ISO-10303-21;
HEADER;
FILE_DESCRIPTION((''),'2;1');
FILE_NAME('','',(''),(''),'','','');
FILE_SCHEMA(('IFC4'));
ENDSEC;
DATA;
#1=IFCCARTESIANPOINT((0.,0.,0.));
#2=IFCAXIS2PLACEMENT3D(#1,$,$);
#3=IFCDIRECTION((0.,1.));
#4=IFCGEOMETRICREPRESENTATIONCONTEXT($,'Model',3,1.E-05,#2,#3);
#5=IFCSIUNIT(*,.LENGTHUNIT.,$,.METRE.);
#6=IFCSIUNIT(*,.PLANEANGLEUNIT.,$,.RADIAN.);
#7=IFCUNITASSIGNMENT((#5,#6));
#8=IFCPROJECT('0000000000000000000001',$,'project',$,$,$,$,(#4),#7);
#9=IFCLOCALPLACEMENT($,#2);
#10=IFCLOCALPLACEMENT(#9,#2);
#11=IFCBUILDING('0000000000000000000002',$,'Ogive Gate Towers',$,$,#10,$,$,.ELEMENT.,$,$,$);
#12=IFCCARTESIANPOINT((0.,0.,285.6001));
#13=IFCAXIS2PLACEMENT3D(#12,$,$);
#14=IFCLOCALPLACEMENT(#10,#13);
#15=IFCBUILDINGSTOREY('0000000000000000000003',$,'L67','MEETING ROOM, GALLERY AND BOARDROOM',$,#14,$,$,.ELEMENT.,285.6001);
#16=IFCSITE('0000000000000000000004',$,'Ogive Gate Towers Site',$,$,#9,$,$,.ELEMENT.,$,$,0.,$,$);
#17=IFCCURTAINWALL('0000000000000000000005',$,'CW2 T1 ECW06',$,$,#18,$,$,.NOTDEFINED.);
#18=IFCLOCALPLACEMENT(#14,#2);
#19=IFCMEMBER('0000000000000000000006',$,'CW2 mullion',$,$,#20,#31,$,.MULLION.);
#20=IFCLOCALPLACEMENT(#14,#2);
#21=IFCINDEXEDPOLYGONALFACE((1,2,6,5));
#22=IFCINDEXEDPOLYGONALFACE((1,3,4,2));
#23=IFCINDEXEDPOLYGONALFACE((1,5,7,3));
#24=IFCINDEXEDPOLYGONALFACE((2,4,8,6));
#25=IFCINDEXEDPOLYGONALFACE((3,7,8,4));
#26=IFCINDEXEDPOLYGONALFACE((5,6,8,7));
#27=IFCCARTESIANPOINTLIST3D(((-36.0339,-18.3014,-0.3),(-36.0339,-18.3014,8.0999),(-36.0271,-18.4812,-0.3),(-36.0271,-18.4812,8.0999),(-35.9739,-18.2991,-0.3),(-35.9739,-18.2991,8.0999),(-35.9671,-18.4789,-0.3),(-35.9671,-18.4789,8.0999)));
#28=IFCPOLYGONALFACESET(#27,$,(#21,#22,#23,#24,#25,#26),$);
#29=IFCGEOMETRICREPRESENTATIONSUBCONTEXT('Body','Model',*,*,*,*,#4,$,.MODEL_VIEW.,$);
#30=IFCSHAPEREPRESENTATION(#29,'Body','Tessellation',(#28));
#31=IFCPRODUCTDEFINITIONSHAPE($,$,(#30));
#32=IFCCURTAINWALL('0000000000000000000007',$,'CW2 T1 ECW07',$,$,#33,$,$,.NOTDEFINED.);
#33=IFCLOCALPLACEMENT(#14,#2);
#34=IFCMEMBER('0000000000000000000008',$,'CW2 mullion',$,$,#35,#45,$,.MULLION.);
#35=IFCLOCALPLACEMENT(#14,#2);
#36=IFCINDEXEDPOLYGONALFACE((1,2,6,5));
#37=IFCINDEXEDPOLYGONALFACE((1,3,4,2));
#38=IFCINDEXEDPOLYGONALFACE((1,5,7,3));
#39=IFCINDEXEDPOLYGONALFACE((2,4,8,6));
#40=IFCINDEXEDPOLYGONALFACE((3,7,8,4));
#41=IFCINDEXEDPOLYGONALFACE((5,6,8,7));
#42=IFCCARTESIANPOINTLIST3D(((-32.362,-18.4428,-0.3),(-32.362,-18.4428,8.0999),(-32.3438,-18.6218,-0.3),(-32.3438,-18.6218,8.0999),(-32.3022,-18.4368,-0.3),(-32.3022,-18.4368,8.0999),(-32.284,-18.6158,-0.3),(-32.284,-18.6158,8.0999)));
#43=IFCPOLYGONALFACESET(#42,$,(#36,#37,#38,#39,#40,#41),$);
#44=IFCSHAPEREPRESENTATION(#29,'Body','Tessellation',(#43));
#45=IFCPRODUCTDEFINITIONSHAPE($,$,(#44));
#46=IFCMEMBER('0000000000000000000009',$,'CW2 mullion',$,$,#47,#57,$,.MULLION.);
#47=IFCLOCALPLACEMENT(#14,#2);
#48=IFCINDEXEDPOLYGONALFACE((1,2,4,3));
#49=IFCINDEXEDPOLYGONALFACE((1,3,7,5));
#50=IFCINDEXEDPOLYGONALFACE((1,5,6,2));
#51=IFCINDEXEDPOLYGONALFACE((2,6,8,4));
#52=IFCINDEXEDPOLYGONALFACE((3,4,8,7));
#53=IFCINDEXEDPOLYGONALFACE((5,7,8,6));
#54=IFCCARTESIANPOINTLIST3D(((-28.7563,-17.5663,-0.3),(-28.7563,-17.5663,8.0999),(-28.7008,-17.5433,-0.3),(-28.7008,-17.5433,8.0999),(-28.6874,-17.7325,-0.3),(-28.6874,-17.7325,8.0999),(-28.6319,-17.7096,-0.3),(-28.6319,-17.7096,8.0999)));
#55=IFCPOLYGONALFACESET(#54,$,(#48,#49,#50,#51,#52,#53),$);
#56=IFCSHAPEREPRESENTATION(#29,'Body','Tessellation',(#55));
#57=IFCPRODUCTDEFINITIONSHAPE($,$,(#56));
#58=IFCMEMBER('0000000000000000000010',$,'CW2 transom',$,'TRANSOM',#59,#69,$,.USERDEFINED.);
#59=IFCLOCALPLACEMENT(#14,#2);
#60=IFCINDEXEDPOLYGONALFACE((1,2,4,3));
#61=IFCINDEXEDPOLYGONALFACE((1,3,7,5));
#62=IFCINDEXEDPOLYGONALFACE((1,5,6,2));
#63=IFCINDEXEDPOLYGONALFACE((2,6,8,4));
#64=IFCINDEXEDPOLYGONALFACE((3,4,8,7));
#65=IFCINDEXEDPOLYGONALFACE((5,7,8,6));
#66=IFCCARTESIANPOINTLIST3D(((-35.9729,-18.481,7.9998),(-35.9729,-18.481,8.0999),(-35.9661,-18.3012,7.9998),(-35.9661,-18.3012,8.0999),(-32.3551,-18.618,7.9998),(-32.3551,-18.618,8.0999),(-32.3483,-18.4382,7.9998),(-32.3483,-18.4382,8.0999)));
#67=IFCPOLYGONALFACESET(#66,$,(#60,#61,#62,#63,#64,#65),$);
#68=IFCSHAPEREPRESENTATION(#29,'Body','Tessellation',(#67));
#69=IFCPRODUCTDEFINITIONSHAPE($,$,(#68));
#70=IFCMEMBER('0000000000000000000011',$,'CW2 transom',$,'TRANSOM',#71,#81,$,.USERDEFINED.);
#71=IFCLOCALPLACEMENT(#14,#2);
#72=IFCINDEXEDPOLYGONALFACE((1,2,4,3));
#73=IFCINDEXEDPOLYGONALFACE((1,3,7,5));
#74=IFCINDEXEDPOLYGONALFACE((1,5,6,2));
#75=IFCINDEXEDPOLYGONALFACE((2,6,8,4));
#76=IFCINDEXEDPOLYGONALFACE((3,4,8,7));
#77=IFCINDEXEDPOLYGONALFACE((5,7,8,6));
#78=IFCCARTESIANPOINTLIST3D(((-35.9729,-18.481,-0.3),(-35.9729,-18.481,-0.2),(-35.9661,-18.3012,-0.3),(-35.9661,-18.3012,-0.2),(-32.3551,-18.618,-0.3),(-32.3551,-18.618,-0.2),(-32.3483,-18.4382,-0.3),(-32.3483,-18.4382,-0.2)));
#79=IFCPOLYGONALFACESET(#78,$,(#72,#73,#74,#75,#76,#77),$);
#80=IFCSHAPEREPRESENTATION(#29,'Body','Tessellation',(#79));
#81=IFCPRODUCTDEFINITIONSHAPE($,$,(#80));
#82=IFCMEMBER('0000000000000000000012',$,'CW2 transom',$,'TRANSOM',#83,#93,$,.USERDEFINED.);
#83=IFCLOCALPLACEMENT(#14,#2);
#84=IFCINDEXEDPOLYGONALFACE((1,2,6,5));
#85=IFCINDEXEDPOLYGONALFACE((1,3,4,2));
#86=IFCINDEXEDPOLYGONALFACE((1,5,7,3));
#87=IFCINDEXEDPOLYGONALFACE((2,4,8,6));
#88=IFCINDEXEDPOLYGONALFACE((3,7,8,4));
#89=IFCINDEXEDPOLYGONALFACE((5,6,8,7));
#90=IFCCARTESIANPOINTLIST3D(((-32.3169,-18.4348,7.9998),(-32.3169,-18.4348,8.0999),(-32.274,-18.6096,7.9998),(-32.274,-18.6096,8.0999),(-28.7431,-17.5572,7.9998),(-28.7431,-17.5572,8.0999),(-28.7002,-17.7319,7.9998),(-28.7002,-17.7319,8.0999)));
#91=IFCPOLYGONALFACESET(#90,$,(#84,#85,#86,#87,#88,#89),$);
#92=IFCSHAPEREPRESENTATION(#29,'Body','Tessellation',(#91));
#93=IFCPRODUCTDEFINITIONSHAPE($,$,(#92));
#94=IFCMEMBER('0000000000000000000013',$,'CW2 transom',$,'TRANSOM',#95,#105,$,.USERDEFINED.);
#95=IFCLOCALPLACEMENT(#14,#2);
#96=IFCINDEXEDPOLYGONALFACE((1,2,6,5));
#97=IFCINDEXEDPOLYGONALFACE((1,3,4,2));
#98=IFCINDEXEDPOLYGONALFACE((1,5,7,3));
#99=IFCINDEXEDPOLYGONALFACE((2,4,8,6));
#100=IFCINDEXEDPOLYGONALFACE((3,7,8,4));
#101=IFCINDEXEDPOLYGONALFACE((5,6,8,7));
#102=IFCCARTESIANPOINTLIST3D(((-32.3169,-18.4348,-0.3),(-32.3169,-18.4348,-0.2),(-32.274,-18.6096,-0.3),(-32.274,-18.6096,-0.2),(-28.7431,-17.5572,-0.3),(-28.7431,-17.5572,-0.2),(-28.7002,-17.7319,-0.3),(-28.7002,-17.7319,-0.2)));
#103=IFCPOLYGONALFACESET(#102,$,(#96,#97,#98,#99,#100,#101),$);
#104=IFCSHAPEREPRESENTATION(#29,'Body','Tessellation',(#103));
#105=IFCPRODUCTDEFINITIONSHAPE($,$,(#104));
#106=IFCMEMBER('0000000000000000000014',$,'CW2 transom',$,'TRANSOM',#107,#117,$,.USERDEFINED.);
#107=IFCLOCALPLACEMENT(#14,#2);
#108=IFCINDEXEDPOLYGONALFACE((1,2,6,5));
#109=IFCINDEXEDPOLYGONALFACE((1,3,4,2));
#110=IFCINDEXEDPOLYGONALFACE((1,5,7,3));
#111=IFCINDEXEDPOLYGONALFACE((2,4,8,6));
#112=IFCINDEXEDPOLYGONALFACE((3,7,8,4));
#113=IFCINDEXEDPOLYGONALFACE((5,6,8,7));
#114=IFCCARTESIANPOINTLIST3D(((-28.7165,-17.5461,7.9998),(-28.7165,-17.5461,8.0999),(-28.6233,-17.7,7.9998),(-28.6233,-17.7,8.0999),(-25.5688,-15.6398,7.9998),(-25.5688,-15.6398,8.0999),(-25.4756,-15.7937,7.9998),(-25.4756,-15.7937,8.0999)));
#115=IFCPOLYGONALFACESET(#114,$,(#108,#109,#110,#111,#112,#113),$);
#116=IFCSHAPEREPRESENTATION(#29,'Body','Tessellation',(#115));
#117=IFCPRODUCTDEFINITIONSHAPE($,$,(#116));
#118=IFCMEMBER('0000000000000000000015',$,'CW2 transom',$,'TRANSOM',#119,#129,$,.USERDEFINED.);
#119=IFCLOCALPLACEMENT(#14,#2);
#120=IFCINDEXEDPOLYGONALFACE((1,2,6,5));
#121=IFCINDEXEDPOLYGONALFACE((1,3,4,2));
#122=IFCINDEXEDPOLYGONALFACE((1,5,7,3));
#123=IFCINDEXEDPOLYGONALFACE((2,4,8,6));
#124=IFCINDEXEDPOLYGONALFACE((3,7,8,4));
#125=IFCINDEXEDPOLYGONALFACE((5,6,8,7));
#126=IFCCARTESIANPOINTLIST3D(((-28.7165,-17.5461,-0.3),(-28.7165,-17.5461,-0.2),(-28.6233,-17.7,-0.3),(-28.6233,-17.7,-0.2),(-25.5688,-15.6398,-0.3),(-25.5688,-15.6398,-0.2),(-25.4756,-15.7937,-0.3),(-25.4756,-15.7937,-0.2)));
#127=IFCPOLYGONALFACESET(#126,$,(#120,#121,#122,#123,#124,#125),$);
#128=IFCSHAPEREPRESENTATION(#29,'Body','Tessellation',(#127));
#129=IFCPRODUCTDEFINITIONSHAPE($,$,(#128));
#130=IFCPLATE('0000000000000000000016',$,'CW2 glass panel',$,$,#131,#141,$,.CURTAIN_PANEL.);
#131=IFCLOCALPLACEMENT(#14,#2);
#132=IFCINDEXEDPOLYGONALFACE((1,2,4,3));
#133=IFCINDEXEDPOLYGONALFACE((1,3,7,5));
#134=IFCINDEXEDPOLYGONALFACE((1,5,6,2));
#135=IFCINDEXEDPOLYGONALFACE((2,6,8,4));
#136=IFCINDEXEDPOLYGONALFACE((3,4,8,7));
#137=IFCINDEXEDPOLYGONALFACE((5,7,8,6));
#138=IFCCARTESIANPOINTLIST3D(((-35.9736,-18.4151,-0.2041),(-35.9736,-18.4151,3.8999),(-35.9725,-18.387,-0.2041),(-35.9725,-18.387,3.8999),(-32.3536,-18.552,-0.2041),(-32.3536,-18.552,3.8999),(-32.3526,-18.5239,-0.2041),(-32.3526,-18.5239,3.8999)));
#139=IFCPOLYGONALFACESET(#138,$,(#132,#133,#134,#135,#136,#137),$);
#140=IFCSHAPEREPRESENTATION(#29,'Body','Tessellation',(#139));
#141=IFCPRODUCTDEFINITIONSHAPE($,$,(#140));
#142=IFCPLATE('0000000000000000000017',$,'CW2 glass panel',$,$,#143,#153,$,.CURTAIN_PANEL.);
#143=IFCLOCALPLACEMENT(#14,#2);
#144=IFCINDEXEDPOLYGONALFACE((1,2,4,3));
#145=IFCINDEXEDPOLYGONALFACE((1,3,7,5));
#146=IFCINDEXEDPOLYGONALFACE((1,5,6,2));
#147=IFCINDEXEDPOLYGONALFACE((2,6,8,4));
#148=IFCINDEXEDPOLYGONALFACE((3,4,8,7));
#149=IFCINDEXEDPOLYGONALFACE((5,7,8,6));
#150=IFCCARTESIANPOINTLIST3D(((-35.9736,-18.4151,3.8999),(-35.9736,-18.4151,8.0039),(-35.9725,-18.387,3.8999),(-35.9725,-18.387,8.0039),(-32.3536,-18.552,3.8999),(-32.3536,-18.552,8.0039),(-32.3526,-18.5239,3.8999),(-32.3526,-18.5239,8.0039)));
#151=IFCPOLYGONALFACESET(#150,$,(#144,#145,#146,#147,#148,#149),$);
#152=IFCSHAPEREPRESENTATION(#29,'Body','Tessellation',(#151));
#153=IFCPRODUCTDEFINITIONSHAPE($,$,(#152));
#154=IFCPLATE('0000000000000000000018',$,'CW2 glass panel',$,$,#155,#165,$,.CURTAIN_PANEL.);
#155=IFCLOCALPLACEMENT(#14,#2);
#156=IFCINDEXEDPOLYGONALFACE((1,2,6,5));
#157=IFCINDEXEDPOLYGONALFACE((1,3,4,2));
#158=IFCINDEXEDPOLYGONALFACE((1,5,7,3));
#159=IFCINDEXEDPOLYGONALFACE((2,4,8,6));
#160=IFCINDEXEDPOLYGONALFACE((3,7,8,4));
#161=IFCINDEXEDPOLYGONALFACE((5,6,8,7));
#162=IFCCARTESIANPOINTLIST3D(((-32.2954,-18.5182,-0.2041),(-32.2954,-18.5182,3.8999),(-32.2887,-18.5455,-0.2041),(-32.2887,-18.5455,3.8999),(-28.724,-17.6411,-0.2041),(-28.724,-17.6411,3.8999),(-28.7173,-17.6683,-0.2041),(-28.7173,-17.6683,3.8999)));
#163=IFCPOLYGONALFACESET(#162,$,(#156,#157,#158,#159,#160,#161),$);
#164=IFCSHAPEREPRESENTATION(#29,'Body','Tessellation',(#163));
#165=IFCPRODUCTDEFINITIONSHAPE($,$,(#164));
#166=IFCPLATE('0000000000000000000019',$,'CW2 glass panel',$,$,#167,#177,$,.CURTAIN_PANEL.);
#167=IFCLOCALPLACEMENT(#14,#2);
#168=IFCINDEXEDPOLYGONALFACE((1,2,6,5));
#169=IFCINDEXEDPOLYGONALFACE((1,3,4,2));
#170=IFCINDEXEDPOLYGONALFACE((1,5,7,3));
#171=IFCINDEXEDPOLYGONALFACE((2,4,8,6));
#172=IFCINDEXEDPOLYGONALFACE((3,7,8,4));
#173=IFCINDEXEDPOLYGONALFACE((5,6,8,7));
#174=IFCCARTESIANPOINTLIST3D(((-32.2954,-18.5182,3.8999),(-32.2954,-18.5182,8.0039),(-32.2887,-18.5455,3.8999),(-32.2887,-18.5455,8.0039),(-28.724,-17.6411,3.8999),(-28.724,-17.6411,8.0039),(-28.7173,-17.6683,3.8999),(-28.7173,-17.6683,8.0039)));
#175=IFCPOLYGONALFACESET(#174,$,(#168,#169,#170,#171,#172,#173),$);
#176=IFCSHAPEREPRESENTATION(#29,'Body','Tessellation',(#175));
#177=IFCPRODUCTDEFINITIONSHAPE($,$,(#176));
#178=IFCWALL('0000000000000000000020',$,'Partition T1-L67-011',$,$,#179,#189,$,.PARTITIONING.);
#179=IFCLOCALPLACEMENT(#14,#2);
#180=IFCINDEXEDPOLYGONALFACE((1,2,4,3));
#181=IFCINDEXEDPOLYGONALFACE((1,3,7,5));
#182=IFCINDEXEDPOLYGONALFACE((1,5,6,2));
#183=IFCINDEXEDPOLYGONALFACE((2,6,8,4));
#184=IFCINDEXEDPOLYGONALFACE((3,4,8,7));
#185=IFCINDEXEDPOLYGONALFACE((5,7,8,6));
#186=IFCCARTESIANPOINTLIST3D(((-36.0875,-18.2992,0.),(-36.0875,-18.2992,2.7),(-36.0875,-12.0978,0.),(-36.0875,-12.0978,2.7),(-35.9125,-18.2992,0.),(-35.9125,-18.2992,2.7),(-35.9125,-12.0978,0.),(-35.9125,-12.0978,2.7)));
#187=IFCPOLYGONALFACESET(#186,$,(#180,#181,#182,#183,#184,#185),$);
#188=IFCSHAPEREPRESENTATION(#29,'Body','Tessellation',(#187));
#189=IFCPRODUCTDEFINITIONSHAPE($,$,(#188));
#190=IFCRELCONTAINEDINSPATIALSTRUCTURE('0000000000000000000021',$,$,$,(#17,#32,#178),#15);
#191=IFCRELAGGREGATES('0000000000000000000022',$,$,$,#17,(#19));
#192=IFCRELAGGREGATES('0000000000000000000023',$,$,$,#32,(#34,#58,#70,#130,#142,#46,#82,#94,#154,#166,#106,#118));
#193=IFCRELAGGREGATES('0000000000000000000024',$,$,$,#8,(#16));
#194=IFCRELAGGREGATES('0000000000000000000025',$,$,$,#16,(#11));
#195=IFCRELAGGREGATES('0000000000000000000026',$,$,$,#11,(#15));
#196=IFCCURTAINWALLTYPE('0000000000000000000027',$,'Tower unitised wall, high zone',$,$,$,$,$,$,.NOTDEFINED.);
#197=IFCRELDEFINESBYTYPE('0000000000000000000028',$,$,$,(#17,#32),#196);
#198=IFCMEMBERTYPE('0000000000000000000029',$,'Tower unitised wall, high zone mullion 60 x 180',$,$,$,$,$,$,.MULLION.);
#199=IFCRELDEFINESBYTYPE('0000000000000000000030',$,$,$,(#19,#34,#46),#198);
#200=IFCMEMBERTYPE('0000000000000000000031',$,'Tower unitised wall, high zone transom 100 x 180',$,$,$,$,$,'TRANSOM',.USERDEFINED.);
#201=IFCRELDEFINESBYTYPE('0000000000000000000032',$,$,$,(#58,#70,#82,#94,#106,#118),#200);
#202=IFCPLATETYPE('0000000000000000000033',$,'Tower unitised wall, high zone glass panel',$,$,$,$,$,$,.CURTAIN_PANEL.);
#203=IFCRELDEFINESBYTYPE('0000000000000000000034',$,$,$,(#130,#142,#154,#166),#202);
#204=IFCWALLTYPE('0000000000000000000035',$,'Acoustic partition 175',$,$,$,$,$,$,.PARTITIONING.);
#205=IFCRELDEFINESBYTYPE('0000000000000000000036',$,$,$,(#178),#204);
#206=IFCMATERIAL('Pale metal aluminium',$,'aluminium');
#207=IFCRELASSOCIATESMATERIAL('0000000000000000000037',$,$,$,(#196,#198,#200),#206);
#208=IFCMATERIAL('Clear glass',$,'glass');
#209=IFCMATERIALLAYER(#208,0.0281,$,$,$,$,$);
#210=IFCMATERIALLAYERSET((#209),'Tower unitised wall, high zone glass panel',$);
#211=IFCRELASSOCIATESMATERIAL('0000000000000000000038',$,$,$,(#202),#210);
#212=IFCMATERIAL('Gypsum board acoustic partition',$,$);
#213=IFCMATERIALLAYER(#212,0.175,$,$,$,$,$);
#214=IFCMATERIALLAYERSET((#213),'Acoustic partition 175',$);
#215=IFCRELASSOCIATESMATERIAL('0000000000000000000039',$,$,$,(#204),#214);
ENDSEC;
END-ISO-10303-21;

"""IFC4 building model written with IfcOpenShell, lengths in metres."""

from ifc_helpers import new_model, si_unit, direction, frame, frame_2d, origin, origin_2d, place, context, subcontext, project, spatial, rectangle, extrude, material, layer, layer_set, material_profile, profile_set, type_object, element, aggregate, save


model = new_model("IFC4")

# Units and contexts
model_context = context("Model", 3, precision=1e-05, world=origin(), true_north=direction((0.0, 1.0)))
body_context = subcontext(model_context, "Body", "Model", "MODEL_VIEW")
ifc_project = project(units=[si_unit("LENGTHUNIT", "METRE"), si_unit("PLANEANGLEUNIT", "RADIAN")], contexts=[model_context])

# Site, building, storey
site_placement = place(None, origin())
site = spatial("IfcSite", under=ifc_project, at=site_placement, Name="Ogive Gate Towers Site", CompositionType="ELEMENT", RefElevation=0.0)
building_placement = place(site_placement, origin())
building = spatial("IfcBuilding", under=site, at=building_placement, Name="Ogive Gate Towers", CompositionType="ELEMENT")
storey_placement = place(building_placement, frame((0.0, 0.0, 285.6001)))
storey = spatial("IfcBuildingStorey", under=building, at=storey_placement, Name="L67", Description="MEETING ROOM, GALLERY AND BOARDROOM", CompositionType="ELEMENT", Elevation=285.6001)

# Curtain wall, member
ifc_material_1 = material(Name="Pale metal aluminium", Category="aluminium")
curtain_wall_type = type_object("IfcCurtainWallType", Name="Tower unitised wall, high zone", PredefinedType="NOTDEFINED", material=ifc_material_1)
curtain_wall_1_placement = place(storey_placement, origin())
curtain_wall_1 = element("IfcCurtainWall", 1, at=curtain_wall_1_placement, inside=storey, type_object=curtain_wall_type, Name="CW2 T1 ECW06", PredefinedType="NOTDEFINED")
ifc_material_profile_1 = material_profile(ifc_material_1, rectangle(XDim=0.1799, YDim=0.0601, at=origin_2d()), Name="60 x 180 aluminium box")
ifc_profile_set_1 = profile_set([ifc_material_profile_1], Name="Pale metal aluminium")
member_type_1 = type_object("IfcMemberType", Name="Tower unitised wall, high zone mullion 60 x 180", PredefinedType="MULLION", material=ifc_profile_set_1)
member_1_placement = place(storey_placement, frame((-36.0005, -18.3901, -0.3), z_axis=(0.0, 0.0, 1.0), x_axis=(0.037795, -0.999286, 0.0)))
member_1 = element("IfcMember", 2, at=member_1_placement, type_object=member_type_1, Name="CW2 mullion", PredefinedType="MULLION", context=body_context, shape_type="SweptSolid", body=[
    extrude(rectangle(XDim=0.1799, YDim=0.0601, at=origin_2d()), origin(), (0.0, 0.0, 1.0), 8.3999),
])
aggregate(curtain_wall_1, [member_1])

# Curtain wall, members, plates
curtain_wall_2_placement = place(storey_placement, origin())
curtain_wall_2 = element("IfcCurtainWall", 3, at=curtain_wall_2_placement, inside=storey, type_object=curtain_wall_type, Name="CW2 T1 ECW07", PredefinedType="NOTDEFINED")
member_2_placement = place(storey_placement, frame((-32.323, -18.5293, -0.3), z_axis=(0.0, 0.0, 1.0), x_axis=(0.101351, -0.994851, 0.0)))
member_2 = element("IfcMember", 4, at=member_2_placement, type_object=member_type_1, Name="CW2 mullion", PredefinedType="MULLION", context=body_context, shape_type="SweptSolid", body=[
    extrude(rectangle(XDim=0.1799, YDim=0.0601, at=origin_2d()), origin(), (0.0, 0.0, 1.0), 8.3999),
])
member_3_placement = place(storey_placement, frame((-28.6941, -17.6379, -0.3), z_axis=(0.0, 0.0, 1.0), x_axis=(0.382683, -0.92388, 0.0)))
member_3 = element("IfcMember", 5, at=member_3_placement, type_object=member_type_1, Name="CW2 mullion", PredefinedType="MULLION", context=body_context, shape_type="SweptSolid", body=[
    extrude(rectangle(XDim=0.1799, YDim=0.0601, at=origin_2d()), origin(), (0.0, 0.0, 1.0), 8.3999),
])
ifc_material_profile_2 = material_profile(ifc_material_1, rectangle(XDim=0.1799, YDim=0.1001, at=origin_2d()), Name="100 x 180 aluminium box")
ifc_profile_set_2 = profile_set([ifc_material_profile_2], Name="Pale metal aluminium")
member_type_2 = type_object("IfcMemberType", Name="Tower unitised wall, high zone transom 100 x 180", ElementType="TRANSOM", PredefinedType="USERDEFINED", material=ifc_profile_set_2)
member_4_placement = place(storey_placement, frame((-35.9695, -18.3911, 8.0498), z_axis=(0.999284, -0.037832, 0.0), x_axis=(0.037832, 0.999284, 0.0)))
member_4 = element("IfcMember", 6, at=member_4_placement, type_object=member_type_2, Name="CW2 transom", ObjectType="TRANSOM", PredefinedType="USERDEFINED", context=body_context, shape_type="SweptSolid", body=[
    extrude(rectangle(XDim=0.1799, YDim=0.1001, at=origin_2d()), origin(), (0.0, 0.0, 1.0), 3.6204),
])
member_5_placement = place(storey_placement, frame((-35.9695, -18.3911, -0.25), z_axis=(0.999284, -0.037832, 0.0), x_axis=(0.037832, 0.999284, 0.0)))
member_5 = element("IfcMember", 7, at=member_5_placement, type_object=member_type_2, Name="CW2 transom", ObjectType="TRANSOM", PredefinedType="USERDEFINED", context=body_context, shape_type="SweptSolid", body=[
    extrude(rectangle(XDim=0.1799, YDim=0.1001, at=origin_2d()), origin(), (0.0, 0.0, 1.0), 3.6204),
])
member_6_placement = place(storey_placement, frame((-32.2954, -18.5222, 8.0498), z_axis=(0.971141, 0.238506, 0.0), x_axis=(-0.238506, 0.971141, 0.0)))
member_6 = element("IfcMember", 8, at=member_6_placement, type_object=member_type_2, Name="CW2 transom", ObjectType="TRANSOM", PredefinedType="USERDEFINED", context=body_context, shape_type="SweptSolid", body=[
    extrude(rectangle(XDim=0.1799, YDim=0.1001, at=origin_2d()), origin(), (0.0, 0.0, 1.0), 3.6799),
])
member_7_placement = place(storey_placement, frame((-32.2954, -18.5222, -0.25), z_axis=(0.971141, 0.238506, 0.0), x_axis=(-0.238506, 0.971141, 0.0)))
member_7 = element("IfcMember", 9, at=member_7_placement, type_object=member_type_2, Name="CW2 transom", ObjectType="TRANSOM", PredefinedType="USERDEFINED", context=body_context, shape_type="SweptSolid", body=[
    extrude(rectangle(XDim=0.1799, YDim=0.1001, at=origin_2d()), origin(), (0.0, 0.0, 1.0), 3.6799),
])
member_8_placement = place(storey_placement, frame((-28.6699, -17.623, 8.0498), z_axis=(0.855372, 0.518013, 0.0), x_axis=(-0.518013, 0.855372, 0.0)))
member_8 = element("IfcMember", 10, at=member_8_placement, type_object=member_type_2, Name="CW2 transom", ObjectType="TRANSOM", PredefinedType="USERDEFINED", context=body_context, shape_type="SweptSolid", body=[
    extrude(rectangle(XDim=0.1799, YDim=0.1001, at=origin_2d()), origin(), (0.0, 0.0, 1.0), 3.6799),
])
member_9_placement = place(storey_placement, frame((-28.6699, -17.623, -0.25), z_axis=(0.855372, 0.518013, 0.0), x_axis=(-0.518013, 0.855372, 0.0)))
member_9 = element("IfcMember", 11, at=member_9_placement, type_object=member_type_2, Name="CW2 transom", ObjectType="TRANSOM", PredefinedType="USERDEFINED", context=body_context, shape_type="SweptSolid", body=[
    extrude(rectangle(XDim=0.1799, YDim=0.1001, at=origin_2d()), origin(), (0.0, 0.0, 1.0), 3.6799),
])
ifc_material_2 = material(Name="Clear glass", Category="glass")
ifc_layer_1 = layer(ifc_material_2, 0.0281)
ifc_layer_set_1 = layer_set([ifc_layer_1], Name="Tower unitised wall, high zone glass panel")
plate_type = type_object("IfcPlateType", Name="Tower unitised wall, high zone glass panel", PredefinedType="CURTAIN_PANEL", material=ifc_layer_set_1)
plate_1_placement = place(storey_placement, frame((-34.1631, -18.4695, -0.2041), z_axis=(0.0, 0.0, 1.0), x_axis=(0.999286, -0.037795, 0.0)))
plate_1 = element("IfcPlate", 12, at=plate_1_placement, type_object=plate_type, Name="CW2 glass panel", PredefinedType="CURTAIN_PANEL", context=body_context, shape_type="SweptSolid", body=[
    extrude(rectangle(XDim=3.6226, YDim=0.0281, at=origin_2d()), origin(), (0.0, 0.0, 1.0), 4.104),
])
plate_2_placement = place(storey_placement, frame((-34.1631, -18.4695, 3.8999), z_axis=(0.0, 0.0, 1.0), x_axis=(0.999286, -0.037795, 0.0)))
plate_2 = element("IfcPlate", 13, at=plate_2_placement, type_object=plate_type, Name="CW2 glass panel", PredefinedType="CURTAIN_PANEL", context=body_context, shape_type="SweptSolid", body=[
    extrude(rectangle(XDim=3.6226, YDim=0.0281, at=origin_2d()), origin(), (0.0, 0.0, 1.0), 4.104),
])
plate_3_placement = place(storey_placement, frame((-30.5063, -18.0933, -0.2041), z_axis=(0.0, 0.0, 1.0), x_axis=(0.971138, 0.238517, 0.0)))
plate_3 = element("IfcPlate", 14, at=plate_3_placement, type_object=plate_type, Name="CW2 glass panel", PredefinedType="CURTAIN_PANEL", context=body_context, shape_type="SweptSolid", body=[
    extrude(rectangle(XDim=3.6775, YDim=0.0281, at=origin_2d()), origin(), (0.0, 0.0, 1.0), 4.104),
])
plate_4_placement = place(storey_placement, frame((-30.5063, -18.0933, 3.8999), z_axis=(0.0, 0.0, 1.0), x_axis=(0.971138, 0.238517, 0.0)))
plate_4 = element("IfcPlate", 15, at=plate_4_placement, type_object=plate_type, Name="CW2 glass panel", PredefinedType="CURTAIN_PANEL", context=body_context, shape_type="SweptSolid", body=[
    extrude(rectangle(XDim=3.6775, YDim=0.0281, at=origin_2d()), origin(), (0.0, 0.0, 1.0), 4.104),
])
aggregate(curtain_wall_2, [member_2, member_4, member_5, plate_1, plate_2, member_3, member_6, member_7, plate_3, plate_4, member_8, member_9])

# Wall
ifc_material_3 = material(Name="Gypsum board acoustic partition")
ifc_layer_2 = layer(ifc_material_3, 0.175)
ifc_layer_set_2 = layer_set([ifc_layer_2], Name="Acoustic partition 175")
wall_type_1 = type_object("IfcWallType", Name="Acoustic partition 175", PredefinedType="PARTITIONING", material=ifc_layer_set_2)
wall_1_placement = place(storey_placement, frame((-36.0, -18.2991, 0.0), z_axis=(0.0, 0.0, 1.0), x_axis=(0.0, 1.0, 0.0)))
element("IfcWall", 16, at=wall_1_placement, inside=storey, type_object=wall_type_1, Name="Partition T1-L67-011", PredefinedType="PARTITIONING", context=body_context, shape_type="SweptSolid", body=[
    extrude(rectangle(XDim=6.2014, YDim=0.175, at=frame_2d((3.1006, 0.0))), origin(), (0.0, 0.0, 1.0), 2.7),
])

save(model, "model.ifc")
